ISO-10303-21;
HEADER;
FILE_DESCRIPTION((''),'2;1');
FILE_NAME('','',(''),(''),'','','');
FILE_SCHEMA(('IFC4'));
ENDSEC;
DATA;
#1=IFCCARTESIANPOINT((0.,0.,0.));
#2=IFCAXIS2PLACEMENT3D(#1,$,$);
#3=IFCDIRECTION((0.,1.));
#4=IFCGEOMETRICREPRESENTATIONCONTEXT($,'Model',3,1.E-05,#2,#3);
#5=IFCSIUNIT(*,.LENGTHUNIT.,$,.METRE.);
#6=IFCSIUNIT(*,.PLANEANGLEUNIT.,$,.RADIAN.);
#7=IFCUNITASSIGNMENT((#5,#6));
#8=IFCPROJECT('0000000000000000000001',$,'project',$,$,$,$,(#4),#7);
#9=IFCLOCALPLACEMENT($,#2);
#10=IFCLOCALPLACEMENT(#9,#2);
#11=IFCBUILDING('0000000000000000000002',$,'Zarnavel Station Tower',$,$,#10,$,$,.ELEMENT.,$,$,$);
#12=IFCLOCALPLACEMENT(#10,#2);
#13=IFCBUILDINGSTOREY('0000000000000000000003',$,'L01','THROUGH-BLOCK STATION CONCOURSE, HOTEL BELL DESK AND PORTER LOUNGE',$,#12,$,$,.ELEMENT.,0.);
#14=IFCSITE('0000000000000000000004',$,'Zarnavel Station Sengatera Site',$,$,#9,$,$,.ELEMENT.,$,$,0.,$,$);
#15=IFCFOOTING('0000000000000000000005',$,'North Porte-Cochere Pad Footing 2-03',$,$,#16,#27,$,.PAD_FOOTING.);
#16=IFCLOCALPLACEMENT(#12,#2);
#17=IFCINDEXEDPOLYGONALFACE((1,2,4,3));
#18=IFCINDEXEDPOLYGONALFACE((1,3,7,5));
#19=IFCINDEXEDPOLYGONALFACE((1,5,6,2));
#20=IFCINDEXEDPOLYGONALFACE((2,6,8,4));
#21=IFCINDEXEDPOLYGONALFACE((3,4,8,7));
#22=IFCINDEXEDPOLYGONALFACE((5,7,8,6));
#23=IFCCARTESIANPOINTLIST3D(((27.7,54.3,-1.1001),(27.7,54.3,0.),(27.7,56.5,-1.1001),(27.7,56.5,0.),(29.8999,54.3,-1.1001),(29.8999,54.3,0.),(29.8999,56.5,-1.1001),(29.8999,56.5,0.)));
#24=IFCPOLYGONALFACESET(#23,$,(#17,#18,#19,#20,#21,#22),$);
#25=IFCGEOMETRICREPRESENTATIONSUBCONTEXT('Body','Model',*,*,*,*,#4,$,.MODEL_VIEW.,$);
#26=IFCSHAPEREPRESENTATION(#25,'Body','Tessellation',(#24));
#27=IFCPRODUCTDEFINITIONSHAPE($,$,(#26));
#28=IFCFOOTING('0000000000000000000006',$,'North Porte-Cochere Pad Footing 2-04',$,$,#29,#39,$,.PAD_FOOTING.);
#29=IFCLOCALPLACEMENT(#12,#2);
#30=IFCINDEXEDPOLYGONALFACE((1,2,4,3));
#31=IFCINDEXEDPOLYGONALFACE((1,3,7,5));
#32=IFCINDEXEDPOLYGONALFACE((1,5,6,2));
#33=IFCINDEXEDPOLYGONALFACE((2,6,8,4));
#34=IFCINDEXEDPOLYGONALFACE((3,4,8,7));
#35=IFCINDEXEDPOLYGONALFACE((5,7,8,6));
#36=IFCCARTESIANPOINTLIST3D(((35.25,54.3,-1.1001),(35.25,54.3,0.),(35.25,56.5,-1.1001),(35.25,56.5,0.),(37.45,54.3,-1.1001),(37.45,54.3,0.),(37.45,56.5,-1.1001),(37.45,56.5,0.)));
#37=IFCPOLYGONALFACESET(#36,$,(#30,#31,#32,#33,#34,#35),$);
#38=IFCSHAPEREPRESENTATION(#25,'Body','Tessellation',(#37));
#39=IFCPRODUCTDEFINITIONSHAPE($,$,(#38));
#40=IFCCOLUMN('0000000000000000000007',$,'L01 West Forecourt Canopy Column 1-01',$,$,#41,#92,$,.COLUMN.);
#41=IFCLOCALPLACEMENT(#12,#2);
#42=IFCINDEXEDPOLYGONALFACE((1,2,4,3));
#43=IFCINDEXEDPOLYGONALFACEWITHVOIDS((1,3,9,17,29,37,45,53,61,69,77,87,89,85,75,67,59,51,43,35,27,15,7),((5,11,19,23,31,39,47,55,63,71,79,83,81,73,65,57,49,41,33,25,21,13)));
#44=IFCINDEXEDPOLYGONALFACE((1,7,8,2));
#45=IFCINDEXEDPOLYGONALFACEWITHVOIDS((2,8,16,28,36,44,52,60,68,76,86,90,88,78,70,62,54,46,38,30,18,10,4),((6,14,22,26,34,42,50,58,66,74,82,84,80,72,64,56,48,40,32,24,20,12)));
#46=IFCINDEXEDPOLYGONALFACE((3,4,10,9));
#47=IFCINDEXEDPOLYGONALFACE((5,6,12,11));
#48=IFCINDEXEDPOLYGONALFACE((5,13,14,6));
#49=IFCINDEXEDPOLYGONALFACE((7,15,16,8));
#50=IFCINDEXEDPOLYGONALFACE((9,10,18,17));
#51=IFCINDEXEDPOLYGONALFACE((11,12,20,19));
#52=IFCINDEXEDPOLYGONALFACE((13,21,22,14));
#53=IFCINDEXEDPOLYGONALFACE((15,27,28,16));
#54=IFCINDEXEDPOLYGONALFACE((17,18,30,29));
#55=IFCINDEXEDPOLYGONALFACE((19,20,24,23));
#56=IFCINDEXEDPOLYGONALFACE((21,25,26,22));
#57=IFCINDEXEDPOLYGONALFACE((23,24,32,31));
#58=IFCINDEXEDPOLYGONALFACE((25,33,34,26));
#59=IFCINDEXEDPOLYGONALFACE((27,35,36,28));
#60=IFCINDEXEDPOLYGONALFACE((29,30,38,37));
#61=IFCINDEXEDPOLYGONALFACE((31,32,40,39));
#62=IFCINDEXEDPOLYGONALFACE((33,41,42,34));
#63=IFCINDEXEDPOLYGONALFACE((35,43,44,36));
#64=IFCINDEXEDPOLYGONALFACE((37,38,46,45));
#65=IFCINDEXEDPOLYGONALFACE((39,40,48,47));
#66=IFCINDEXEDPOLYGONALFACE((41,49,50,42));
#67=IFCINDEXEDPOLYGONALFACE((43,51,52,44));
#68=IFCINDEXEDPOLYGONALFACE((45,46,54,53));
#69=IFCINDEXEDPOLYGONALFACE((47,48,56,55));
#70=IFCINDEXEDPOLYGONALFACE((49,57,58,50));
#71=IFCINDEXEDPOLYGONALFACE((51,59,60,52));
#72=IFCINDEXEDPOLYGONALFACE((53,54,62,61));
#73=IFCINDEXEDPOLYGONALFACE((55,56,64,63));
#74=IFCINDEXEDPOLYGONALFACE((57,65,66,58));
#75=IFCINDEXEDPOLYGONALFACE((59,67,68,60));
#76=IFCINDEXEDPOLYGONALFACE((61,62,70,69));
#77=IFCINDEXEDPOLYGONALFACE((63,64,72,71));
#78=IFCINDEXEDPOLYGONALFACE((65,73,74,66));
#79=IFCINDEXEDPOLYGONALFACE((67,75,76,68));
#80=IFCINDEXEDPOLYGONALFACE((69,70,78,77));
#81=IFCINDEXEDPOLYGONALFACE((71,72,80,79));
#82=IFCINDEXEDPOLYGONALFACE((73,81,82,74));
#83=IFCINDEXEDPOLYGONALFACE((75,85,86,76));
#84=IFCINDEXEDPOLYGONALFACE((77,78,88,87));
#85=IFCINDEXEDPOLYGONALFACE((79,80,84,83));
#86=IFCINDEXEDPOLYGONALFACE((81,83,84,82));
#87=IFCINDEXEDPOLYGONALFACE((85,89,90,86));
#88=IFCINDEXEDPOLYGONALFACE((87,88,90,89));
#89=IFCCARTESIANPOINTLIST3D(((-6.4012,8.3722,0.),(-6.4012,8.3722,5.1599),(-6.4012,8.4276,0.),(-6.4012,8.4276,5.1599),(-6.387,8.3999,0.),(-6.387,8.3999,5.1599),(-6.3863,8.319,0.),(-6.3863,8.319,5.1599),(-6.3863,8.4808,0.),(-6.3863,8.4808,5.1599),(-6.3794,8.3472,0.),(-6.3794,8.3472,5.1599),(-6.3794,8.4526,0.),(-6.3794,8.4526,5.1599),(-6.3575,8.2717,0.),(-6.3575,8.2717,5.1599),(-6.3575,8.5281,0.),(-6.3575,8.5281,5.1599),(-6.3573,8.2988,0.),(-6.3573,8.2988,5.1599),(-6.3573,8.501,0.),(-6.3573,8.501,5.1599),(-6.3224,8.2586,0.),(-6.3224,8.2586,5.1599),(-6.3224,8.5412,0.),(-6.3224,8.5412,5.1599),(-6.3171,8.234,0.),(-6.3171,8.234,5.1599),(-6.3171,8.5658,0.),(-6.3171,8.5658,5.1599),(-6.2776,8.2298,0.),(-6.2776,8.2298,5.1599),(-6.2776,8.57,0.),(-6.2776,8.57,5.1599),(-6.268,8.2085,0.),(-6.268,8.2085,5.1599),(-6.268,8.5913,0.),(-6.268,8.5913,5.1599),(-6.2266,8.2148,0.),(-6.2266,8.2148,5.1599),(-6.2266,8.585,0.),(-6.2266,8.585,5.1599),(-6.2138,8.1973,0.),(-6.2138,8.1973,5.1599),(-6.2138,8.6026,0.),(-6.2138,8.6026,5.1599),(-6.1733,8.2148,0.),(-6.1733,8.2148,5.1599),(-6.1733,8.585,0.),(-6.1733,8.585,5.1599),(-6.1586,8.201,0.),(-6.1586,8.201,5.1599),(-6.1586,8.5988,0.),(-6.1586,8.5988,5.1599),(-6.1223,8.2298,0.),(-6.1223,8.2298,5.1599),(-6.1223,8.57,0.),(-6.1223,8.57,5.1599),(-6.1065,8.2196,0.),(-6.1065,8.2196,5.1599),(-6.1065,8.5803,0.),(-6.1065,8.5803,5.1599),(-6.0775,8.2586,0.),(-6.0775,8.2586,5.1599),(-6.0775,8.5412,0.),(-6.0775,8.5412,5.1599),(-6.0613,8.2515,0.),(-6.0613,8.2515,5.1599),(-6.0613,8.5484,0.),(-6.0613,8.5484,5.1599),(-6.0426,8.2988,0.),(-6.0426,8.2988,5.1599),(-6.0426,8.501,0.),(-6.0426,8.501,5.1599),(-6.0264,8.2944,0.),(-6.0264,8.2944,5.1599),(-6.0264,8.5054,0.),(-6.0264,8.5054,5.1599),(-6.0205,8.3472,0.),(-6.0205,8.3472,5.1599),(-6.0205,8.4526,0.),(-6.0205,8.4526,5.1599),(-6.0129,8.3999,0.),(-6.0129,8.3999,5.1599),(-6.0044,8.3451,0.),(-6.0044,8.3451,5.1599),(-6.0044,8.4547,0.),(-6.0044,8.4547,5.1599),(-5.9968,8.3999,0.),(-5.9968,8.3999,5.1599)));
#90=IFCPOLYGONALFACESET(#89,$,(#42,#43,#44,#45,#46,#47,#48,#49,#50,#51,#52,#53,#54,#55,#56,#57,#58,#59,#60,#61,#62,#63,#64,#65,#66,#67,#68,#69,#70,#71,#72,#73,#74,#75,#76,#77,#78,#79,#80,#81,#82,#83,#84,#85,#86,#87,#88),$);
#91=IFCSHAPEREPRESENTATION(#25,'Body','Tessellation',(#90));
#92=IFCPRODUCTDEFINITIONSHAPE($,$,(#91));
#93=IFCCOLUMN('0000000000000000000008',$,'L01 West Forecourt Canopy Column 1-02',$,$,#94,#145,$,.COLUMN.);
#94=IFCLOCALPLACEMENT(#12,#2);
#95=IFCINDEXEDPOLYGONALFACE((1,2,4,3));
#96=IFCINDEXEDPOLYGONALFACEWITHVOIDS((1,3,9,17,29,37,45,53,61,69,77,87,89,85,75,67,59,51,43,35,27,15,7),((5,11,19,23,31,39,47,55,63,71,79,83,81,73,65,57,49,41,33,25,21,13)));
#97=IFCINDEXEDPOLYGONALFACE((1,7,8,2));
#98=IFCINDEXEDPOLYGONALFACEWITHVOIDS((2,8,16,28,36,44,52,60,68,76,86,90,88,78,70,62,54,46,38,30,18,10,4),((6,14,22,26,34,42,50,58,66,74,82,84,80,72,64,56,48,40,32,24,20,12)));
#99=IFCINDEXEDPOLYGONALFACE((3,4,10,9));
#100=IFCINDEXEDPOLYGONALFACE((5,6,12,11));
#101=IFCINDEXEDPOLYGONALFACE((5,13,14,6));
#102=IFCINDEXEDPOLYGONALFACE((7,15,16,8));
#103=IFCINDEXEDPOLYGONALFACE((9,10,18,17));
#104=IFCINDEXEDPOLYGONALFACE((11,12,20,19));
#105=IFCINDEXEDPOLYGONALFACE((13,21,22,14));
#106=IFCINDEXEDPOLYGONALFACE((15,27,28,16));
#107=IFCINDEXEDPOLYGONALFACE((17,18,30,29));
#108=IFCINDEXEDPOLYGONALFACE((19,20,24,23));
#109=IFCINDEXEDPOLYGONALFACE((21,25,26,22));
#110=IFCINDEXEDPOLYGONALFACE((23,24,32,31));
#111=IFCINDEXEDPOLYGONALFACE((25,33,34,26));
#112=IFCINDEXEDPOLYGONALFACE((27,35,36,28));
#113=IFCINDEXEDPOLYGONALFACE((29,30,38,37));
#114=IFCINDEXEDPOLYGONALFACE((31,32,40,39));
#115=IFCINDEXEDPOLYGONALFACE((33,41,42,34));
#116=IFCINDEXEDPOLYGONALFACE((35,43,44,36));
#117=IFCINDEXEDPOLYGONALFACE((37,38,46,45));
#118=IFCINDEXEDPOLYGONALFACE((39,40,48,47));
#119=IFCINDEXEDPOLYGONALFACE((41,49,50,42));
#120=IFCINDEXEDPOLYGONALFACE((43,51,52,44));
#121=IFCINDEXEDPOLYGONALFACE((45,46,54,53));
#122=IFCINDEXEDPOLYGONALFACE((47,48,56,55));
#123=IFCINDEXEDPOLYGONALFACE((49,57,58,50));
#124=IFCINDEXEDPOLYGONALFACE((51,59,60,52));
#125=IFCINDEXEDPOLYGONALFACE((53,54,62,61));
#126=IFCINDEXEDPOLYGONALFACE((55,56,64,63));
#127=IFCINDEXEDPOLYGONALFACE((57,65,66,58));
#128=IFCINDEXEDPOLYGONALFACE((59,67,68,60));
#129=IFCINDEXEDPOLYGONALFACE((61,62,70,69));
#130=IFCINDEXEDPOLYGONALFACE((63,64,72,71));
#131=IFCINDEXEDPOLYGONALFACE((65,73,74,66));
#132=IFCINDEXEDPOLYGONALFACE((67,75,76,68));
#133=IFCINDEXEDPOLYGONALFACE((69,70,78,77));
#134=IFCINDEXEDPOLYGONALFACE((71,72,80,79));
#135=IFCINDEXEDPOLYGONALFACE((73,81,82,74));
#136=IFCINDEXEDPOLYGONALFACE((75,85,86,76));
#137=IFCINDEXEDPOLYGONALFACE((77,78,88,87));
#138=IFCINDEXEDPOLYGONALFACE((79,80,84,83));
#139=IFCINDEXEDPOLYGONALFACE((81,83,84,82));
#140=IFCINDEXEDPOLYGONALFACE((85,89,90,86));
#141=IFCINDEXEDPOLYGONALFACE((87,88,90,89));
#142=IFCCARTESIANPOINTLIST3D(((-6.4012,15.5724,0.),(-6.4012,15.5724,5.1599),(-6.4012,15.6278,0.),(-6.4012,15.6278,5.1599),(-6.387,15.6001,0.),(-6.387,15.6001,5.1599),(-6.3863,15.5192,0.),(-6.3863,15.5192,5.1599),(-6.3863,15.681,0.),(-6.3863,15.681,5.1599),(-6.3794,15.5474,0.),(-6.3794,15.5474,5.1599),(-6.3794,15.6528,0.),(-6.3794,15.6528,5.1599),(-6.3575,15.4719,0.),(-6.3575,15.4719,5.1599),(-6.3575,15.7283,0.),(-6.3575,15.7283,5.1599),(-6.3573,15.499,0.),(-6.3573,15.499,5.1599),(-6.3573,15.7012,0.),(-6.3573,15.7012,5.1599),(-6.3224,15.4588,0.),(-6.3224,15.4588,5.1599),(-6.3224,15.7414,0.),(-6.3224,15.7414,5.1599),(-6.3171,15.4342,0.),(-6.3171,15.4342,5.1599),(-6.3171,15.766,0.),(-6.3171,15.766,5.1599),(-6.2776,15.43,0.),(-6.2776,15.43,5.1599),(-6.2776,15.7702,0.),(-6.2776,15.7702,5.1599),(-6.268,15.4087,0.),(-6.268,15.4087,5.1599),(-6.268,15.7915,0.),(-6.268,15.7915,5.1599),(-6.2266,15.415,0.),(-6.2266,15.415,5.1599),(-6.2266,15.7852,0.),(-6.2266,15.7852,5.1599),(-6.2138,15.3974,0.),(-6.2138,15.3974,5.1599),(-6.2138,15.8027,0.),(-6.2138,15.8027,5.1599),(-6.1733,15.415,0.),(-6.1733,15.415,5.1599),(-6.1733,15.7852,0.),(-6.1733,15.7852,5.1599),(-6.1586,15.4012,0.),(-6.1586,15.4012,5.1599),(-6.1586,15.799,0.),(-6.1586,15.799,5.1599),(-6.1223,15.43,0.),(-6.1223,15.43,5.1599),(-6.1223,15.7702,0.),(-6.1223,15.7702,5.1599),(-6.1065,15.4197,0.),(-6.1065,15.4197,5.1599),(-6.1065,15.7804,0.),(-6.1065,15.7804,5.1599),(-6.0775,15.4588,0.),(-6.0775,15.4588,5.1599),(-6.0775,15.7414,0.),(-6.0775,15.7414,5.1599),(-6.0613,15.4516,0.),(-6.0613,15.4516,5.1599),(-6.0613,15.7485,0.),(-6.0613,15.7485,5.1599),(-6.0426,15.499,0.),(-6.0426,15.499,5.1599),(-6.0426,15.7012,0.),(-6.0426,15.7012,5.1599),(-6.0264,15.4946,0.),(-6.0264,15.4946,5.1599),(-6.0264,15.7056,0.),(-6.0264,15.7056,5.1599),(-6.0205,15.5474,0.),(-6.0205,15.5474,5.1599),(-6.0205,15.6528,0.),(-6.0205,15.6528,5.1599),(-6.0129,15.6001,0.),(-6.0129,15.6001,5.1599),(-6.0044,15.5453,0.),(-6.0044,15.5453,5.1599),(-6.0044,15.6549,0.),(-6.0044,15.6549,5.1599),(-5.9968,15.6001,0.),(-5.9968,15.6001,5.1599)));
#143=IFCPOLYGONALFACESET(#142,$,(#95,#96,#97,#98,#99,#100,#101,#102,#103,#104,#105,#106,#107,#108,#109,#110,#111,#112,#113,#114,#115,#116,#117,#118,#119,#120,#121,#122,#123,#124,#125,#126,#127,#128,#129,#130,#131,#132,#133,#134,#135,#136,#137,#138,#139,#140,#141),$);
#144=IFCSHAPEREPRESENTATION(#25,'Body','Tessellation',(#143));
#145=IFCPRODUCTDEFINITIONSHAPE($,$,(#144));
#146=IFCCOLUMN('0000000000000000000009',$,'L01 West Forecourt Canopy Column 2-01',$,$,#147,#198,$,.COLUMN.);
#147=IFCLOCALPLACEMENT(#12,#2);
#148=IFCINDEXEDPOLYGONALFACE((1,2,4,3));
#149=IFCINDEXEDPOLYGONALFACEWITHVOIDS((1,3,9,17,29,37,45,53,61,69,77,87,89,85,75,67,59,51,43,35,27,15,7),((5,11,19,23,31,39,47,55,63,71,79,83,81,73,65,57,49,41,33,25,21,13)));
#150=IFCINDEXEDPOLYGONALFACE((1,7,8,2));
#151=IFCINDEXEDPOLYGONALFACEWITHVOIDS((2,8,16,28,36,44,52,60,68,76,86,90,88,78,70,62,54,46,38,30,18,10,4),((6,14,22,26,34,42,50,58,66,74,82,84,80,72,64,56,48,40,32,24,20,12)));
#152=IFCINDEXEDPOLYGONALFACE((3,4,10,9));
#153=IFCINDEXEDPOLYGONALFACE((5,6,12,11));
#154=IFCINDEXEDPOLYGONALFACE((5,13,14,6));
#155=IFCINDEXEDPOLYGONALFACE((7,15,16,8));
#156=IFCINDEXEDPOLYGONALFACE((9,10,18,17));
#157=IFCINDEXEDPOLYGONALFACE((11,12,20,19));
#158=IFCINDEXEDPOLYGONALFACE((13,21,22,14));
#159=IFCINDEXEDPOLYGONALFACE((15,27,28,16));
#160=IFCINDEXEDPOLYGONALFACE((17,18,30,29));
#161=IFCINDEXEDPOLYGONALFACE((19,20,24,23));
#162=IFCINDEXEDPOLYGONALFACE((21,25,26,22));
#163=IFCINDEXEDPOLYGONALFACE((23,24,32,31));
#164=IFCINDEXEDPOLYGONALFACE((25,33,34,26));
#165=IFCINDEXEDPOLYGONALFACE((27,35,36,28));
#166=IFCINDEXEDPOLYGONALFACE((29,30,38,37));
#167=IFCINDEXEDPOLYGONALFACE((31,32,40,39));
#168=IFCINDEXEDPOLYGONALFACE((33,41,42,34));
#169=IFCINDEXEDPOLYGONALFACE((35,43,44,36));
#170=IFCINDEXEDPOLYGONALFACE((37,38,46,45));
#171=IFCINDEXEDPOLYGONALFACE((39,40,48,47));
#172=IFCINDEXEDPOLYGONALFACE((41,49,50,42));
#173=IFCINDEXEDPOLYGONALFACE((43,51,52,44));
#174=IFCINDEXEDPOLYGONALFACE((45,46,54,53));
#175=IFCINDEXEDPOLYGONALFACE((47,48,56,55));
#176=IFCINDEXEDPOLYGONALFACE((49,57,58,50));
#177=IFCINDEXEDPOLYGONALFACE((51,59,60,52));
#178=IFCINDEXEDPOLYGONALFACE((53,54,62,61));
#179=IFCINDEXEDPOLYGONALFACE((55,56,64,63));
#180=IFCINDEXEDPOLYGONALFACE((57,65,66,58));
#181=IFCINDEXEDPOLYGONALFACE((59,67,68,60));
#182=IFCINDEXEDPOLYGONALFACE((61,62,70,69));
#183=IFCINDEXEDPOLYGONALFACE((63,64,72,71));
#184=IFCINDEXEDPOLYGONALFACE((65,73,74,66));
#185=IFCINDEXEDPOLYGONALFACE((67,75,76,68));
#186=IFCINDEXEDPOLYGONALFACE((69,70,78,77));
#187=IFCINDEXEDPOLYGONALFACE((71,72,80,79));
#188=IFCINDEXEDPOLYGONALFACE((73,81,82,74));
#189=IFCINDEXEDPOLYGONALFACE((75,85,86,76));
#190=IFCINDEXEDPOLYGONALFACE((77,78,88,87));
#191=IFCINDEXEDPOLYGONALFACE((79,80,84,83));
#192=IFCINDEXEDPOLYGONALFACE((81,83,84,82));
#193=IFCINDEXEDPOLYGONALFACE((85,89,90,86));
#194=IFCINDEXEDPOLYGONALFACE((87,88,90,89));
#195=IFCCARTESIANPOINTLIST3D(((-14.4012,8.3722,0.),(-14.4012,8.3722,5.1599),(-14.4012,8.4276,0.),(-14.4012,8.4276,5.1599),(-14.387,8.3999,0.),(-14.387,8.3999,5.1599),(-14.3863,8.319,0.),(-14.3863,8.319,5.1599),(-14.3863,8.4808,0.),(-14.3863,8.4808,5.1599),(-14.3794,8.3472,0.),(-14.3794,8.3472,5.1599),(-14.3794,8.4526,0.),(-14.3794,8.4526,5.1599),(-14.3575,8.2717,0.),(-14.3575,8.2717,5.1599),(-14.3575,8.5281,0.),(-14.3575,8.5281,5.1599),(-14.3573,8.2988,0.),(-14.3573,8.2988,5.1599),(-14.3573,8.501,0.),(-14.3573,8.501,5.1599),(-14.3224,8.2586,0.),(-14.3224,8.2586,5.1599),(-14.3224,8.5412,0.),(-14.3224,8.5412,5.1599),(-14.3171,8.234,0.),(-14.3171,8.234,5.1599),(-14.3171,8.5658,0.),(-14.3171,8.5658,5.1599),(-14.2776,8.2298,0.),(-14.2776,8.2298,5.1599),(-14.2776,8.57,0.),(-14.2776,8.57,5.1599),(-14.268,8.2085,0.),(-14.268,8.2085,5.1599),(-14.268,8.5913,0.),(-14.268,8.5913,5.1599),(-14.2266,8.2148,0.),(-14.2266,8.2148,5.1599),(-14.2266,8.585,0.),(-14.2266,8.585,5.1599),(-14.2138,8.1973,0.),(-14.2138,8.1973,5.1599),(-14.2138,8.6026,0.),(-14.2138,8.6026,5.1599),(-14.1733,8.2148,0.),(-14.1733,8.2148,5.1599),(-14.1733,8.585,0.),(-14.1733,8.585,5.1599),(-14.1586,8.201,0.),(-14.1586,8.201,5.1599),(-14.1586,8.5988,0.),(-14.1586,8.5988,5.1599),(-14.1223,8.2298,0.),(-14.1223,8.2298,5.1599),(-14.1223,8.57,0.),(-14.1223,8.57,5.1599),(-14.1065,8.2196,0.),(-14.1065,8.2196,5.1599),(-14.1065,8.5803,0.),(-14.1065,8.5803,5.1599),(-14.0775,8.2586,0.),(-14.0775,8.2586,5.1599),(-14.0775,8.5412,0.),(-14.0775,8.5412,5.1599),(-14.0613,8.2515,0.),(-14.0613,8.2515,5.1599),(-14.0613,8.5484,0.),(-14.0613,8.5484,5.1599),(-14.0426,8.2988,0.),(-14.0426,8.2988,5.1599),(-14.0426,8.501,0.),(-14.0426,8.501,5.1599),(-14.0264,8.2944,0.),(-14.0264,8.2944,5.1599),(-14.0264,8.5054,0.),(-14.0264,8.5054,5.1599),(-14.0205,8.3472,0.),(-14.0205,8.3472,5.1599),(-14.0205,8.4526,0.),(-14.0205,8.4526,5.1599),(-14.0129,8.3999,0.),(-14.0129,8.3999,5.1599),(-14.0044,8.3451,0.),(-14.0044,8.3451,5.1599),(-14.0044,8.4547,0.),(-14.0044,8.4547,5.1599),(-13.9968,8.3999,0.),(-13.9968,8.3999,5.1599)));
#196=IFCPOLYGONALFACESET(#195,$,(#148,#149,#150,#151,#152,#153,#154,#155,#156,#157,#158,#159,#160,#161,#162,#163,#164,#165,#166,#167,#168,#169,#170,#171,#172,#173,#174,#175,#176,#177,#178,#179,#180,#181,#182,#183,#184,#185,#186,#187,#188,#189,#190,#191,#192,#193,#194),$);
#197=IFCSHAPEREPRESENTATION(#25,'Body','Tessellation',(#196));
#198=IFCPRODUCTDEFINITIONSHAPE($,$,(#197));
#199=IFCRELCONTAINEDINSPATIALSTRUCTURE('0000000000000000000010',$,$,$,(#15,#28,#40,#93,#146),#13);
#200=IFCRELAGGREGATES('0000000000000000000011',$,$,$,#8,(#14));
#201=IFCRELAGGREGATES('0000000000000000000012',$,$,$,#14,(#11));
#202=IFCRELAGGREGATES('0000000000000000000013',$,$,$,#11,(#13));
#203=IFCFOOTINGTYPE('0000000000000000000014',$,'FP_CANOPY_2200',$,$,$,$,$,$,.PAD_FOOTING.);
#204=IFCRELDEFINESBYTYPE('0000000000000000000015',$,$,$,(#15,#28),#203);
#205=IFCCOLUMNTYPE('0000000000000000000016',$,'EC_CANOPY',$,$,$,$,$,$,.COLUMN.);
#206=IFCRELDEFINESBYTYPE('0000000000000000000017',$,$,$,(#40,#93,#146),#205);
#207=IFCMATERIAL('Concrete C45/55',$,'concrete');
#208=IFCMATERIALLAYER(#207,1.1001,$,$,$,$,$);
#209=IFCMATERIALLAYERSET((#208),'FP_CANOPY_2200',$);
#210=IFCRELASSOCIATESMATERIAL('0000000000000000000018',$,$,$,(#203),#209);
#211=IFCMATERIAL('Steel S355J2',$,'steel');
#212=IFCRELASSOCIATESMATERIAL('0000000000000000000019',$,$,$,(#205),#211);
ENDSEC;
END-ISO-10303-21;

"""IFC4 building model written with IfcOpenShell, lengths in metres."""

from ifc_helpers import new_model, si_unit, direction, frame, origin, origin_2d, place, context, subcontext, project, spatial, polyline, hollow_circle, outline, extrude, material, layer, layer_set, material_profile, profile_set, type_object, element, save


model = new_model("IFC4")

# Units and contexts
model_context = context("Model", 3, precision=1e-05, world=origin(), true_north=direction((0.0, 1.0)))
body_context = subcontext(model_context, "Body", "Model", "MODEL_VIEW")
ifc_project = project(units=[si_unit("LENGTHUNIT", "METRE"), si_unit("PLANEANGLEUNIT", "RADIAN")], contexts=[model_context])

# Site, building, storey
site_placement = place(None, origin())
site = spatial("IfcSite", under=ifc_project, at=site_placement, Name="Zarnavel Station Sengatera Site", CompositionType="ELEMENT", RefElevation=0.0)
building_placement = place(site_placement, origin())
building = spatial("IfcBuilding", under=site, at=building_placement, Name="Zarnavel Station Tower", CompositionType="ELEMENT")
storey_placement = place(building_placement, origin())
storey = spatial("IfcBuildingStorey", under=building, at=storey_placement, Name="L01", Description="THROUGH-BLOCK STATION CONCOURSE, HOTEL BELL DESK AND PORTER LOUNGE", CompositionType="ELEMENT", Elevation=0.0)

# Footings
ifc_material_1 = material(Name="Concrete C45/55", Category="concrete")
ifc_layer_1 = layer(ifc_material_1, 1.1001)
ifc_layer_set_1 = layer_set([ifc_layer_1], Name="FP_CANOPY_2200")
footing_type = type_object("IfcFootingType", Name="FP_CANOPY_2200", PredefinedType="PAD_FOOTING", material=ifc_layer_set_1)
footing_1_placement = place(storey_placement, frame((0.0, 0.0, -1.1001)))
element("IfcFooting", 1, at=footing_1_placement, inside=storey, type_object=footing_type, Name="North Porte-Cochere Pad Footing 2-03", PredefinedType="PAD_FOOTING", context=body_context, shape_type="SweptSolid", body=[
    extrude(outline(polyline([(27.7, 54.3), (29.8999, 54.3), (29.8999, 56.5), (27.7, 56.5), (27.7, 54.3)])), origin(), (0.0, 0.0, 1.0), 1.1001),
])
footing_2_placement = place(storey_placement, frame((0.0, 0.0, -1.1001)))
element("IfcFooting", 2, at=footing_2_placement, inside=storey, type_object=footing_type, Name="North Porte-Cochere Pad Footing 2-04", PredefinedType="PAD_FOOTING", context=body_context, shape_type="SweptSolid", body=[
    extrude(outline(polyline([(35.25, 54.3), (37.45, 54.3), (37.45, 56.5), (35.25, 56.5), (35.25, 54.3)])), origin(), (0.0, 0.0, 1.0), 1.1001),
])

# Columns
ifc_material_2 = material(Name="Steel S355J2", Category="steel")
ifc_material_profile_1 = material_profile(ifc_material_2, hollow_circle(Radius=0.2031, WallThickness=0.0161, at=origin_2d()), Name="CHS406.4x16")
ifc_profile_set_1 = profile_set([ifc_material_profile_1], Name="Steel S355J2")
column_type = type_object("IfcColumnType", Name="EC_CANOPY", PredefinedType="COLUMN", material=ifc_profile_set_1)
for number, where, z_axis, x_axis, name in (
    (3, (-6.2, 8.3999, 0.0), (0.0, 0.0, 1.0), (1.0, 0.0, 0.0), "L01 West Forecourt Canopy Column 1-01"),
    (4, (-6.2, 15.6001, 0.0), (0.0, 0.0, 1.0), (1.0, 0.0, 0.0), "L01 West Forecourt Canopy Column 1-02"),
    (5, (-14.2, 8.3999, 0.0), (0.0, 0.0, 1.0), (1.0, 0.0, 0.0), "L01 West Forecourt Canopy Column 2-01"),
):
    element("IfcColumn", number, at=place(storey_placement, frame(where, z_axis=z_axis, x_axis=x_axis)), inside=storey, type_object=column_type, Name=name, PredefinedType="COLUMN", context=body_context, shape_type="SweptSolid", body=[
        extrude(hollow_circle(Radius=0.2031, WallThickness=0.0161, at=origin_2d()), origin(), (0.0, 0.0, 1.0), 5.1599),
    ])

save(model, "model.ifc")
